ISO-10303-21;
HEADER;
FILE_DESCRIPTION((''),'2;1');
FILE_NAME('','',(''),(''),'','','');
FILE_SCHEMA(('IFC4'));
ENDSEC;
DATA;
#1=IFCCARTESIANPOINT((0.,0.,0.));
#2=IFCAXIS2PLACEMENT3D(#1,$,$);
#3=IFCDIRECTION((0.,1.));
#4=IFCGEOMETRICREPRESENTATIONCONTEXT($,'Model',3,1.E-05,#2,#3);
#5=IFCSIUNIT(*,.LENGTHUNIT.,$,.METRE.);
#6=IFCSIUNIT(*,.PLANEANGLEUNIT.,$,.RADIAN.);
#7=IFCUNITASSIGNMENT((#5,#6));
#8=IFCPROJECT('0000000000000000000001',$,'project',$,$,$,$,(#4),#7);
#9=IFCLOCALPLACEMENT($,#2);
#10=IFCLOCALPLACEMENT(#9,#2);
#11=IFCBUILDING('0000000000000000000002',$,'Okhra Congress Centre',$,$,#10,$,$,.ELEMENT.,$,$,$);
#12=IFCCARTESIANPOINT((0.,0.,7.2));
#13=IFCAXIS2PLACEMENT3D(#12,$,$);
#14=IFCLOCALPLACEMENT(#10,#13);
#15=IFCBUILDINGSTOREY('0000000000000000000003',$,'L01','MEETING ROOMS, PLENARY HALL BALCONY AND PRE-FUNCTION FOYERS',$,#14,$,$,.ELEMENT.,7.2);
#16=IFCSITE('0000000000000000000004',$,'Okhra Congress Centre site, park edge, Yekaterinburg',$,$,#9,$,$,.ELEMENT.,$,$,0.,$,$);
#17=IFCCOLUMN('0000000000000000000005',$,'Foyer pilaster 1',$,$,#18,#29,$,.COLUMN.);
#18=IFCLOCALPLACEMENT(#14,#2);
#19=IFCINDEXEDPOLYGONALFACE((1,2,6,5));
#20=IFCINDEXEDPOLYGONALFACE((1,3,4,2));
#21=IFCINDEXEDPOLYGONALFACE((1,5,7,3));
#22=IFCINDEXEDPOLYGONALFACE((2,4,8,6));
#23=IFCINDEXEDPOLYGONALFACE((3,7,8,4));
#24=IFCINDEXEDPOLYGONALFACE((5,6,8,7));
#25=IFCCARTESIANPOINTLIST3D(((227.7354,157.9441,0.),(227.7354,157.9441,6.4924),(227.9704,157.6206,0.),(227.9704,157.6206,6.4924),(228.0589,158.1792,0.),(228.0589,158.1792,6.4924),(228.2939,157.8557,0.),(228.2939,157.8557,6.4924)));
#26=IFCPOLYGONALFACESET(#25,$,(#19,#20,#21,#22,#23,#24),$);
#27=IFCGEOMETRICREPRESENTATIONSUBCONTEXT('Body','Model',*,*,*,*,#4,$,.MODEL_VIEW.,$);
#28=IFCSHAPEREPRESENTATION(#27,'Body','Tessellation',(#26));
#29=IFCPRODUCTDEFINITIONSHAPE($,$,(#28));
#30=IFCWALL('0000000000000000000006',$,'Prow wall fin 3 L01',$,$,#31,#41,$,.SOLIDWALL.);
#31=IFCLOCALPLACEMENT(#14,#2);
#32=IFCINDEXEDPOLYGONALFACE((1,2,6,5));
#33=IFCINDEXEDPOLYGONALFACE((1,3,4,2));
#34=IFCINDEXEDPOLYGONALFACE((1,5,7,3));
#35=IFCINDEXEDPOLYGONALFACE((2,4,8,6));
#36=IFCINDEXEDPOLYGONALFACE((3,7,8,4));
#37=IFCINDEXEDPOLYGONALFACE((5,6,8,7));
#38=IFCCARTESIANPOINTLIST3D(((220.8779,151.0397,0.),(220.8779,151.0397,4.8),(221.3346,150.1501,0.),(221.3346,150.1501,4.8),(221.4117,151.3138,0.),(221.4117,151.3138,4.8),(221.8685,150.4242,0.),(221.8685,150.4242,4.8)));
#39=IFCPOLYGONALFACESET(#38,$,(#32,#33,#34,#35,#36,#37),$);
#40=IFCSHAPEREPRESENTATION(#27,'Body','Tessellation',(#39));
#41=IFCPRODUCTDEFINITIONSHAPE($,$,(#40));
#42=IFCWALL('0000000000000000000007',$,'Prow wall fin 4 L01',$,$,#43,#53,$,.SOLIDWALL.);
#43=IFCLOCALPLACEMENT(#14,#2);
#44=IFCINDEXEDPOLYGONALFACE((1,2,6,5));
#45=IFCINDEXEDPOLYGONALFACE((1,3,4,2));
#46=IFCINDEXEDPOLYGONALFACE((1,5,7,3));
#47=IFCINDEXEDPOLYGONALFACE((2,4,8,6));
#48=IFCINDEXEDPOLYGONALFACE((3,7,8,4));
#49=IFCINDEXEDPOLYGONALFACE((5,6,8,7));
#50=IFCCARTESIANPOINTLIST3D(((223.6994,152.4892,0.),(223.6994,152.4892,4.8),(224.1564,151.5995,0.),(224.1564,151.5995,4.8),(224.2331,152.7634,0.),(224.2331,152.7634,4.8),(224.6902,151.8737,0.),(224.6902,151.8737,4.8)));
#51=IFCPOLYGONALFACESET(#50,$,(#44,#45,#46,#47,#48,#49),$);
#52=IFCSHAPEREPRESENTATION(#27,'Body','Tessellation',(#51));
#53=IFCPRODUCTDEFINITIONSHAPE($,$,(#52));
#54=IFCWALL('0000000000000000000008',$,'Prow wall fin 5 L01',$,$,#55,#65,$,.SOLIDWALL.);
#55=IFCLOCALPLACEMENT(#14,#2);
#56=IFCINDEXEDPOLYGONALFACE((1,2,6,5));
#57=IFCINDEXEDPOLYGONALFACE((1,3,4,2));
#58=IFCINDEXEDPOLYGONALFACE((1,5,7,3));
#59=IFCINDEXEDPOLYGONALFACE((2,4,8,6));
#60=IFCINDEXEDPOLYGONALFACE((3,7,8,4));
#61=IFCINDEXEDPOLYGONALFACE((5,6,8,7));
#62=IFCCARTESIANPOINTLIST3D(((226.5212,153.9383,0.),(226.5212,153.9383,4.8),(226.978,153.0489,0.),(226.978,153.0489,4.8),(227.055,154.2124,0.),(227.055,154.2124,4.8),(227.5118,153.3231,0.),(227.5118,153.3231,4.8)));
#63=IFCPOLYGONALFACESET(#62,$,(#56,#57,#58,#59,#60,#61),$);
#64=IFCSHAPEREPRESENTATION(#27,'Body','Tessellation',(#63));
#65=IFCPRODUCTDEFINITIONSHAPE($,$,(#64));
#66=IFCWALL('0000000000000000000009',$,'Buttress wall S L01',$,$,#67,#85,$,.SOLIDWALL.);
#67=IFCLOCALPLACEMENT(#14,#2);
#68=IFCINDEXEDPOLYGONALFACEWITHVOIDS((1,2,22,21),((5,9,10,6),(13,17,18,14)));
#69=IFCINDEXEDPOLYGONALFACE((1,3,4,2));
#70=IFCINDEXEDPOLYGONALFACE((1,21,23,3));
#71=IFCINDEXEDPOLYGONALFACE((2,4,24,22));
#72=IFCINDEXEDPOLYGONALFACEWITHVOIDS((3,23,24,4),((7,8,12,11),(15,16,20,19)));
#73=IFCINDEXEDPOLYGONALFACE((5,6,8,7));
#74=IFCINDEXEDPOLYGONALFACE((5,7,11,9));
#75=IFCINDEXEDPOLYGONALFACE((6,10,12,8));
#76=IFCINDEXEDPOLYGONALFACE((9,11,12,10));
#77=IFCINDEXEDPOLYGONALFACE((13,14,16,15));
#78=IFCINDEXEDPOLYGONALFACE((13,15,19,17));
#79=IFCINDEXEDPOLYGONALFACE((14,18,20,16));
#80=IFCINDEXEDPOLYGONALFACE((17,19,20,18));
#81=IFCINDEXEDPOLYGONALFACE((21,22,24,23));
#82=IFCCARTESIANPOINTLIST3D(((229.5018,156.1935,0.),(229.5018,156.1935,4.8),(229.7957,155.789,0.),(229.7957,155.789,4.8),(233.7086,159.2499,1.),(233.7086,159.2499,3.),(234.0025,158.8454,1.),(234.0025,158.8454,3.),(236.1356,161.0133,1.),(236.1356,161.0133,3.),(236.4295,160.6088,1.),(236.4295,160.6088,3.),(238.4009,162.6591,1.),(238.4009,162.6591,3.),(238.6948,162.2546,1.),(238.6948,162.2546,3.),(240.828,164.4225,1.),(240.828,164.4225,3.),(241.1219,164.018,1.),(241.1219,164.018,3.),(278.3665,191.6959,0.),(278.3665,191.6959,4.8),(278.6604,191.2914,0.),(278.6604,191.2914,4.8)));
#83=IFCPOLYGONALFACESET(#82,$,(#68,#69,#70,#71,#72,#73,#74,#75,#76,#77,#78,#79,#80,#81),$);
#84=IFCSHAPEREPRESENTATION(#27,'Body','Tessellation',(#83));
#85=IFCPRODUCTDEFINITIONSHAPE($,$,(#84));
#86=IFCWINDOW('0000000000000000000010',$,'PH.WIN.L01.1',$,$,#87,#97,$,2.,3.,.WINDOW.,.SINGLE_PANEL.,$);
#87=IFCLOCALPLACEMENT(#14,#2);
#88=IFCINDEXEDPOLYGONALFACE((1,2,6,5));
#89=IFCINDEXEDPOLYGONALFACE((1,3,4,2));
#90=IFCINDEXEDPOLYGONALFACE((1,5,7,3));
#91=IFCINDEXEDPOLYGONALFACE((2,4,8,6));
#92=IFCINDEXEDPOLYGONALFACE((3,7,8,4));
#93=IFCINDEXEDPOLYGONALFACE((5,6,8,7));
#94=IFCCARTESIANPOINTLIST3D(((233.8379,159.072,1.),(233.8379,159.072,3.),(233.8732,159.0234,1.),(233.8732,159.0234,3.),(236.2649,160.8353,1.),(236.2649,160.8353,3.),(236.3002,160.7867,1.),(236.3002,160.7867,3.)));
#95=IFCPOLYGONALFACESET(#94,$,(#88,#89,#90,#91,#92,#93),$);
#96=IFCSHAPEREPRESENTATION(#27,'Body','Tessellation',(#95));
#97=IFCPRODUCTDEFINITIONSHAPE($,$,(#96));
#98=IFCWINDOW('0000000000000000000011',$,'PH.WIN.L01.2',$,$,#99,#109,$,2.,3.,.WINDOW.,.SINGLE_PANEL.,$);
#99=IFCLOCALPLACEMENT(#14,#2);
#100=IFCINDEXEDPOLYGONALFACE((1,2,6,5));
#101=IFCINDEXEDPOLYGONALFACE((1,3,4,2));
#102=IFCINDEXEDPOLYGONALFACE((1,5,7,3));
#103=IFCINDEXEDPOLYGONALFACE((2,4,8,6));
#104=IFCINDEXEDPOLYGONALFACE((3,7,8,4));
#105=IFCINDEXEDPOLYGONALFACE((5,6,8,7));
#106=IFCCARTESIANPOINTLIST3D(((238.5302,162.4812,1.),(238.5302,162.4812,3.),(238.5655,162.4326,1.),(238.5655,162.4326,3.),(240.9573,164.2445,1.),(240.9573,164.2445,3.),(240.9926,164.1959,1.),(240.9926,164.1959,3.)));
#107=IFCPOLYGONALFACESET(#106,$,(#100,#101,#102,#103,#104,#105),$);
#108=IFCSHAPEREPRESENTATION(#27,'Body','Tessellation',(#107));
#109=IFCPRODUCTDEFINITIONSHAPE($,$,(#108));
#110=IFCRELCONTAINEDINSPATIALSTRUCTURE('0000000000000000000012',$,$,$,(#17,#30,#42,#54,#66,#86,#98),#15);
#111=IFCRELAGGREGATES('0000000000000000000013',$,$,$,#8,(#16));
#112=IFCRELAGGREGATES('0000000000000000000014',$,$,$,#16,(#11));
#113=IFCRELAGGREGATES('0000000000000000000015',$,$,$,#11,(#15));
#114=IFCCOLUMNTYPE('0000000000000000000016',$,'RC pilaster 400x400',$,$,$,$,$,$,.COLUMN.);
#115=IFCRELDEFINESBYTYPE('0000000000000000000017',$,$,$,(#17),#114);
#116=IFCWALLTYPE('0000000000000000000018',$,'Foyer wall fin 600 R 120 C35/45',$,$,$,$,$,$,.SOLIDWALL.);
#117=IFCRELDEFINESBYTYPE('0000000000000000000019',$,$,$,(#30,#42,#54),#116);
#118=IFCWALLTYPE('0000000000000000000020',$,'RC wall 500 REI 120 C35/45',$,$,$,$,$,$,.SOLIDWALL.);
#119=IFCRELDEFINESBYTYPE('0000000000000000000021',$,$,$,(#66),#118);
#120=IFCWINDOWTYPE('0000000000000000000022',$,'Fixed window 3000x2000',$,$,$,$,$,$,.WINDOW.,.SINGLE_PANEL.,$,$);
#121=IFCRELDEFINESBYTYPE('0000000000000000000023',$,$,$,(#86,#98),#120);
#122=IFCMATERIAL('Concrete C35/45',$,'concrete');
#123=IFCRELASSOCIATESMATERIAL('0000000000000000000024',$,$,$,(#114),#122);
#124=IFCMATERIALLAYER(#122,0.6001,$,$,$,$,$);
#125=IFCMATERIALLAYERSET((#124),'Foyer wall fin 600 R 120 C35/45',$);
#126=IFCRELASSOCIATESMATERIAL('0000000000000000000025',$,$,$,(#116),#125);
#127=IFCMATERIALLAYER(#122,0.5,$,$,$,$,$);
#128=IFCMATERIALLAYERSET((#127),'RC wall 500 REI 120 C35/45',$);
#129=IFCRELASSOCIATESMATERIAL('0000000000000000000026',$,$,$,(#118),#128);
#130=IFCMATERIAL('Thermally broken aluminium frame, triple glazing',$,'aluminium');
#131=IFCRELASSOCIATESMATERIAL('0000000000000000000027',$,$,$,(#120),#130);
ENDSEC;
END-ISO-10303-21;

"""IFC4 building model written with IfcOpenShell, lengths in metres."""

from ifc_helpers import new_model, si_unit, direction, frame, frame_2d, origin, origin_2d, place, context, subcontext, project, spatial, rectangle, extrude, material, layer, layer_set, material_profile, profile_set, type_object, element, fill, save


model = new_model("IFC4")

# Units and contexts
model_context = context("Model", 3, precision=1e-05, world=origin(), true_north=direction((0.0, 1.0)))
body_context = subcontext(model_context, "Body", "Model", "MODEL_VIEW")
ifc_project = project(units=[si_unit("LENGTHUNIT", "METRE"), si_unit("PLANEANGLEUNIT", "RADIAN")], contexts=[model_context])

# Site, building, storey
site_placement = place(None, origin())
site = spatial("IfcSite", under=ifc_project, at=site_placement, Name="Okhra Congress Centre site, park edge, Yekaterinburg", CompositionType="ELEMENT", RefElevation=0.0)
building_placement = place(site_placement, origin())
building = spatial("IfcBuilding", under=site, at=building_placement, Name="Okhra Congress Centre", CompositionType="ELEMENT")
storey_placement = place(building_placement, frame((0.0, 0.0, 7.2)))
storey = spatial("IfcBuildingStorey", under=building, at=storey_placement, Name="L01", Description="MEETING ROOMS, PLENARY HALL BALCONY AND PRE-FUNCTION FOYERS", CompositionType="ELEMENT", Elevation=7.2)

# Column
ifc_material_1 = material(Name="Concrete C35/45", Category="concrete")
ifc_material_profile = material_profile(ifc_material_1, rectangle(XDim=0.3999, YDim=0.3999, at=origin_2d()), Name="RC pilaster 400x400")
ifc_profile_set = profile_set([ifc_material_profile], Name="Concrete C35/45")
column_type = type_object("IfcColumnType", Name="RC pilaster 400x400", PredefinedType="COLUMN", material=ifc_profile_set)
column_placement = place(storey_placement, frame((228.0146, 157.8999, 0.0), z_axis=(0.0, 0.0, 1.0), x_axis=(0.809017, 0.587785, 0.0)))
element("IfcColumn", 1, at=column_placement, inside=storey, type_object=column_type, Name="Foyer pilaster 1", PredefinedType="COLUMN", context=body_context, shape_type="SweptSolid", body=[
    extrude(rectangle(XDim=0.3999, YDim=0.3999, at=origin_2d()), origin(), (0.0, 0.0, 1.0), 6.4924),
])

# Walls
ifc_layer_1 = layer(ifc_material_1, 0.6001)
ifc_layer_set_1 = layer_set([ifc_layer_1], Name="Foyer wall fin 600 R 120 C35/45")
wall_type_1 = type_object("IfcWallType", Name="Foyer wall fin 600 R 120 C35/45", PredefinedType="SOLIDWALL", material=ifc_layer_set_1)
wall_1_placement = place(storey_placement, frame((221.1448, 151.1768, 0.0), z_axis=(0.0, 0.0, 1.0), x_axis=(0.456758, -0.889591, 0.0)))
element("IfcWall", 2, at=wall_1_placement, inside=storey, type_object=wall_type_1, Name="Prow wall fin 3 L01", PredefinedType="SOLIDWALL", context=body_context, shape_type="SweptSolid", body=[
    extrude(rectangle(XDim=1.0, YDim=0.6001, at=frame_2d((0.5, 0.0))), origin(), (0.0, 0.0, 1.0), 4.8),
])
wall_2_placement = place(storey_placement, frame((223.9663, 152.6262, 0.0), z_axis=(0.0, 0.0, 1.0), x_axis=(0.456951, -0.889492, 0.0)))
element("IfcWall", 3, at=wall_2_placement, inside=storey, type_object=wall_type_1, Name="Prow wall fin 4 L01", PredefinedType="SOLIDWALL", context=body_context, shape_type="SweptSolid", body=[
    extrude(rectangle(XDim=1.0002, YDim=0.6001, at=frame_2d((0.5, 0.0))), origin(), (0.0, 0.0, 1.0), 4.8),
])
wall_3_placement = place(storey_placement, frame((226.7881, 154.0754, 0.0), z_axis=(0.0, 0.0, 1.0), x_axis=(0.456857, -0.88954, 0.0)))
element("IfcWall", 4, at=wall_3_placement, inside=storey, type_object=wall_type_1, Name="Prow wall fin 5 L01", PredefinedType="SOLIDWALL", context=body_context, shape_type="SweptSolid", body=[
    extrude(rectangle(XDim=0.9998, YDim=0.6001, at=frame_2d((0.5, 0.0))), origin(), (0.0, 0.0, 1.0), 4.8),
])

# Wall, openings, windows
ifc_layer_2 = layer(ifc_material_1, 0.5)
ifc_layer_set_2 = layer_set([ifc_layer_2], Name="RC wall 500 REI 120 C35/45")
wall_type_2 = type_object("IfcWallType", Name="RC wall 500 REI 120 C35/45", PredefinedType="SOLIDWALL", material=ifc_layer_set_2)
wall_4_placement = place(storey_placement, frame((229.6487, 155.9912, 0.0), z_axis=(0.0, 0.0, 1.0), x_axis=(0.809016, 0.587787, 0.0)))
wall_4 = element("IfcWall", 5, at=wall_4_placement, inside=storey, type_object=wall_type_2, Name="Buttress wall S L01", PredefinedType="SOLIDWALL", context=body_context, shape_type="SweptSolid", body=[
    extrude(rectangle(XDim=60.4001, YDim=0.5, at=frame_2d((30.2002, 0.0))), origin(), (0.0, 0.0, 1.0), 4.8),
])
opening_1_placement = place(wall_4_placement, frame((5.2, 0.0, 1.0)))
opening_1 = element("IfcOpeningElement", 6, at=opening_1_placement, cuts=wall_4, PredefinedType="OPENING", context=body_context, shape_type="SweptSolid", body=[
    extrude(rectangle(XDim=3.0, YDim=2.0, at=frame_2d((1.5, 1.0))), frame((0.0, 0.26, 0.0), z_axis=(0.0, -1.0, 0.0), x_axis=(1.0, 0.0, 0.0)), (0.0, 0.0, 1.0), 0.52),
])
opening_2_placement = place(wall_4_placement, frame((11.0, 0.0, 1.0)))
opening_2 = element("IfcOpeningElement", 7, at=opening_2_placement, cuts=wall_4, PredefinedType="OPENING", context=body_context, shape_type="SweptSolid", body=[
    extrude(rectangle(XDim=3.0, YDim=2.0, at=frame_2d((1.5, 1.0))), frame((0.0, 0.26, 0.0), z_axis=(0.0, -1.0, 0.0), x_axis=(1.0, 0.0, 0.0)), (0.0, 0.0, 1.0), 0.52),
])
ifc_material_2 = material(Name="Thermally broken aluminium frame, triple glazing", Category="aluminium")
window_type = type_object("IfcWindowType", Name="Fixed window 3000x2000", PartitioningType="SINGLE_PANEL", PredefinedType="WINDOW", material=ifc_material_2)
window_1_placement = place(opening_1_placement, origin())
window_1 = element("IfcWindow", 8, at=window_1_placement, inside=storey, type_object=window_type, Name="PH.WIN.L01.1", OverallHeight=2.0, OverallWidth=3.0, PartitioningType="SINGLE_PANEL", PredefinedType="WINDOW", context=body_context, shape_type="SweptSolid", body=[
    extrude(rectangle(XDim=3.0, YDim=2.0, at=frame_2d((1.5, 1.0))), frame((0.0, 0.03, 0.0), z_axis=(0.0, -1.0, 0.0), x_axis=(1.0, 0.0, 0.0)), (0.0, 0.0, 1.0), 0.0601),
])
fill(opening_1, window_1)
window_2_placement = place(opening_2_placement, origin())
window_2 = element("IfcWindow", 9, at=window_2_placement, inside=storey, type_object=window_type, Name="PH.WIN.L01.2", OverallHeight=2.0, OverallWidth=3.0, PartitioningType="SINGLE_PANEL", PredefinedType="WINDOW", context=body_context, shape_type="SweptSolid", body=[
    extrude(rectangle(XDim=3.0, YDim=2.0, at=frame_2d((1.5, 1.0))), frame((0.0, 0.03, 0.0), z_axis=(0.0, -1.0, 0.0), x_axis=(1.0, 0.0, 0.0)), (0.0, 0.0, 1.0), 0.0601),
])
fill(opening_2, window_2)

save(model, "model.ifc")
